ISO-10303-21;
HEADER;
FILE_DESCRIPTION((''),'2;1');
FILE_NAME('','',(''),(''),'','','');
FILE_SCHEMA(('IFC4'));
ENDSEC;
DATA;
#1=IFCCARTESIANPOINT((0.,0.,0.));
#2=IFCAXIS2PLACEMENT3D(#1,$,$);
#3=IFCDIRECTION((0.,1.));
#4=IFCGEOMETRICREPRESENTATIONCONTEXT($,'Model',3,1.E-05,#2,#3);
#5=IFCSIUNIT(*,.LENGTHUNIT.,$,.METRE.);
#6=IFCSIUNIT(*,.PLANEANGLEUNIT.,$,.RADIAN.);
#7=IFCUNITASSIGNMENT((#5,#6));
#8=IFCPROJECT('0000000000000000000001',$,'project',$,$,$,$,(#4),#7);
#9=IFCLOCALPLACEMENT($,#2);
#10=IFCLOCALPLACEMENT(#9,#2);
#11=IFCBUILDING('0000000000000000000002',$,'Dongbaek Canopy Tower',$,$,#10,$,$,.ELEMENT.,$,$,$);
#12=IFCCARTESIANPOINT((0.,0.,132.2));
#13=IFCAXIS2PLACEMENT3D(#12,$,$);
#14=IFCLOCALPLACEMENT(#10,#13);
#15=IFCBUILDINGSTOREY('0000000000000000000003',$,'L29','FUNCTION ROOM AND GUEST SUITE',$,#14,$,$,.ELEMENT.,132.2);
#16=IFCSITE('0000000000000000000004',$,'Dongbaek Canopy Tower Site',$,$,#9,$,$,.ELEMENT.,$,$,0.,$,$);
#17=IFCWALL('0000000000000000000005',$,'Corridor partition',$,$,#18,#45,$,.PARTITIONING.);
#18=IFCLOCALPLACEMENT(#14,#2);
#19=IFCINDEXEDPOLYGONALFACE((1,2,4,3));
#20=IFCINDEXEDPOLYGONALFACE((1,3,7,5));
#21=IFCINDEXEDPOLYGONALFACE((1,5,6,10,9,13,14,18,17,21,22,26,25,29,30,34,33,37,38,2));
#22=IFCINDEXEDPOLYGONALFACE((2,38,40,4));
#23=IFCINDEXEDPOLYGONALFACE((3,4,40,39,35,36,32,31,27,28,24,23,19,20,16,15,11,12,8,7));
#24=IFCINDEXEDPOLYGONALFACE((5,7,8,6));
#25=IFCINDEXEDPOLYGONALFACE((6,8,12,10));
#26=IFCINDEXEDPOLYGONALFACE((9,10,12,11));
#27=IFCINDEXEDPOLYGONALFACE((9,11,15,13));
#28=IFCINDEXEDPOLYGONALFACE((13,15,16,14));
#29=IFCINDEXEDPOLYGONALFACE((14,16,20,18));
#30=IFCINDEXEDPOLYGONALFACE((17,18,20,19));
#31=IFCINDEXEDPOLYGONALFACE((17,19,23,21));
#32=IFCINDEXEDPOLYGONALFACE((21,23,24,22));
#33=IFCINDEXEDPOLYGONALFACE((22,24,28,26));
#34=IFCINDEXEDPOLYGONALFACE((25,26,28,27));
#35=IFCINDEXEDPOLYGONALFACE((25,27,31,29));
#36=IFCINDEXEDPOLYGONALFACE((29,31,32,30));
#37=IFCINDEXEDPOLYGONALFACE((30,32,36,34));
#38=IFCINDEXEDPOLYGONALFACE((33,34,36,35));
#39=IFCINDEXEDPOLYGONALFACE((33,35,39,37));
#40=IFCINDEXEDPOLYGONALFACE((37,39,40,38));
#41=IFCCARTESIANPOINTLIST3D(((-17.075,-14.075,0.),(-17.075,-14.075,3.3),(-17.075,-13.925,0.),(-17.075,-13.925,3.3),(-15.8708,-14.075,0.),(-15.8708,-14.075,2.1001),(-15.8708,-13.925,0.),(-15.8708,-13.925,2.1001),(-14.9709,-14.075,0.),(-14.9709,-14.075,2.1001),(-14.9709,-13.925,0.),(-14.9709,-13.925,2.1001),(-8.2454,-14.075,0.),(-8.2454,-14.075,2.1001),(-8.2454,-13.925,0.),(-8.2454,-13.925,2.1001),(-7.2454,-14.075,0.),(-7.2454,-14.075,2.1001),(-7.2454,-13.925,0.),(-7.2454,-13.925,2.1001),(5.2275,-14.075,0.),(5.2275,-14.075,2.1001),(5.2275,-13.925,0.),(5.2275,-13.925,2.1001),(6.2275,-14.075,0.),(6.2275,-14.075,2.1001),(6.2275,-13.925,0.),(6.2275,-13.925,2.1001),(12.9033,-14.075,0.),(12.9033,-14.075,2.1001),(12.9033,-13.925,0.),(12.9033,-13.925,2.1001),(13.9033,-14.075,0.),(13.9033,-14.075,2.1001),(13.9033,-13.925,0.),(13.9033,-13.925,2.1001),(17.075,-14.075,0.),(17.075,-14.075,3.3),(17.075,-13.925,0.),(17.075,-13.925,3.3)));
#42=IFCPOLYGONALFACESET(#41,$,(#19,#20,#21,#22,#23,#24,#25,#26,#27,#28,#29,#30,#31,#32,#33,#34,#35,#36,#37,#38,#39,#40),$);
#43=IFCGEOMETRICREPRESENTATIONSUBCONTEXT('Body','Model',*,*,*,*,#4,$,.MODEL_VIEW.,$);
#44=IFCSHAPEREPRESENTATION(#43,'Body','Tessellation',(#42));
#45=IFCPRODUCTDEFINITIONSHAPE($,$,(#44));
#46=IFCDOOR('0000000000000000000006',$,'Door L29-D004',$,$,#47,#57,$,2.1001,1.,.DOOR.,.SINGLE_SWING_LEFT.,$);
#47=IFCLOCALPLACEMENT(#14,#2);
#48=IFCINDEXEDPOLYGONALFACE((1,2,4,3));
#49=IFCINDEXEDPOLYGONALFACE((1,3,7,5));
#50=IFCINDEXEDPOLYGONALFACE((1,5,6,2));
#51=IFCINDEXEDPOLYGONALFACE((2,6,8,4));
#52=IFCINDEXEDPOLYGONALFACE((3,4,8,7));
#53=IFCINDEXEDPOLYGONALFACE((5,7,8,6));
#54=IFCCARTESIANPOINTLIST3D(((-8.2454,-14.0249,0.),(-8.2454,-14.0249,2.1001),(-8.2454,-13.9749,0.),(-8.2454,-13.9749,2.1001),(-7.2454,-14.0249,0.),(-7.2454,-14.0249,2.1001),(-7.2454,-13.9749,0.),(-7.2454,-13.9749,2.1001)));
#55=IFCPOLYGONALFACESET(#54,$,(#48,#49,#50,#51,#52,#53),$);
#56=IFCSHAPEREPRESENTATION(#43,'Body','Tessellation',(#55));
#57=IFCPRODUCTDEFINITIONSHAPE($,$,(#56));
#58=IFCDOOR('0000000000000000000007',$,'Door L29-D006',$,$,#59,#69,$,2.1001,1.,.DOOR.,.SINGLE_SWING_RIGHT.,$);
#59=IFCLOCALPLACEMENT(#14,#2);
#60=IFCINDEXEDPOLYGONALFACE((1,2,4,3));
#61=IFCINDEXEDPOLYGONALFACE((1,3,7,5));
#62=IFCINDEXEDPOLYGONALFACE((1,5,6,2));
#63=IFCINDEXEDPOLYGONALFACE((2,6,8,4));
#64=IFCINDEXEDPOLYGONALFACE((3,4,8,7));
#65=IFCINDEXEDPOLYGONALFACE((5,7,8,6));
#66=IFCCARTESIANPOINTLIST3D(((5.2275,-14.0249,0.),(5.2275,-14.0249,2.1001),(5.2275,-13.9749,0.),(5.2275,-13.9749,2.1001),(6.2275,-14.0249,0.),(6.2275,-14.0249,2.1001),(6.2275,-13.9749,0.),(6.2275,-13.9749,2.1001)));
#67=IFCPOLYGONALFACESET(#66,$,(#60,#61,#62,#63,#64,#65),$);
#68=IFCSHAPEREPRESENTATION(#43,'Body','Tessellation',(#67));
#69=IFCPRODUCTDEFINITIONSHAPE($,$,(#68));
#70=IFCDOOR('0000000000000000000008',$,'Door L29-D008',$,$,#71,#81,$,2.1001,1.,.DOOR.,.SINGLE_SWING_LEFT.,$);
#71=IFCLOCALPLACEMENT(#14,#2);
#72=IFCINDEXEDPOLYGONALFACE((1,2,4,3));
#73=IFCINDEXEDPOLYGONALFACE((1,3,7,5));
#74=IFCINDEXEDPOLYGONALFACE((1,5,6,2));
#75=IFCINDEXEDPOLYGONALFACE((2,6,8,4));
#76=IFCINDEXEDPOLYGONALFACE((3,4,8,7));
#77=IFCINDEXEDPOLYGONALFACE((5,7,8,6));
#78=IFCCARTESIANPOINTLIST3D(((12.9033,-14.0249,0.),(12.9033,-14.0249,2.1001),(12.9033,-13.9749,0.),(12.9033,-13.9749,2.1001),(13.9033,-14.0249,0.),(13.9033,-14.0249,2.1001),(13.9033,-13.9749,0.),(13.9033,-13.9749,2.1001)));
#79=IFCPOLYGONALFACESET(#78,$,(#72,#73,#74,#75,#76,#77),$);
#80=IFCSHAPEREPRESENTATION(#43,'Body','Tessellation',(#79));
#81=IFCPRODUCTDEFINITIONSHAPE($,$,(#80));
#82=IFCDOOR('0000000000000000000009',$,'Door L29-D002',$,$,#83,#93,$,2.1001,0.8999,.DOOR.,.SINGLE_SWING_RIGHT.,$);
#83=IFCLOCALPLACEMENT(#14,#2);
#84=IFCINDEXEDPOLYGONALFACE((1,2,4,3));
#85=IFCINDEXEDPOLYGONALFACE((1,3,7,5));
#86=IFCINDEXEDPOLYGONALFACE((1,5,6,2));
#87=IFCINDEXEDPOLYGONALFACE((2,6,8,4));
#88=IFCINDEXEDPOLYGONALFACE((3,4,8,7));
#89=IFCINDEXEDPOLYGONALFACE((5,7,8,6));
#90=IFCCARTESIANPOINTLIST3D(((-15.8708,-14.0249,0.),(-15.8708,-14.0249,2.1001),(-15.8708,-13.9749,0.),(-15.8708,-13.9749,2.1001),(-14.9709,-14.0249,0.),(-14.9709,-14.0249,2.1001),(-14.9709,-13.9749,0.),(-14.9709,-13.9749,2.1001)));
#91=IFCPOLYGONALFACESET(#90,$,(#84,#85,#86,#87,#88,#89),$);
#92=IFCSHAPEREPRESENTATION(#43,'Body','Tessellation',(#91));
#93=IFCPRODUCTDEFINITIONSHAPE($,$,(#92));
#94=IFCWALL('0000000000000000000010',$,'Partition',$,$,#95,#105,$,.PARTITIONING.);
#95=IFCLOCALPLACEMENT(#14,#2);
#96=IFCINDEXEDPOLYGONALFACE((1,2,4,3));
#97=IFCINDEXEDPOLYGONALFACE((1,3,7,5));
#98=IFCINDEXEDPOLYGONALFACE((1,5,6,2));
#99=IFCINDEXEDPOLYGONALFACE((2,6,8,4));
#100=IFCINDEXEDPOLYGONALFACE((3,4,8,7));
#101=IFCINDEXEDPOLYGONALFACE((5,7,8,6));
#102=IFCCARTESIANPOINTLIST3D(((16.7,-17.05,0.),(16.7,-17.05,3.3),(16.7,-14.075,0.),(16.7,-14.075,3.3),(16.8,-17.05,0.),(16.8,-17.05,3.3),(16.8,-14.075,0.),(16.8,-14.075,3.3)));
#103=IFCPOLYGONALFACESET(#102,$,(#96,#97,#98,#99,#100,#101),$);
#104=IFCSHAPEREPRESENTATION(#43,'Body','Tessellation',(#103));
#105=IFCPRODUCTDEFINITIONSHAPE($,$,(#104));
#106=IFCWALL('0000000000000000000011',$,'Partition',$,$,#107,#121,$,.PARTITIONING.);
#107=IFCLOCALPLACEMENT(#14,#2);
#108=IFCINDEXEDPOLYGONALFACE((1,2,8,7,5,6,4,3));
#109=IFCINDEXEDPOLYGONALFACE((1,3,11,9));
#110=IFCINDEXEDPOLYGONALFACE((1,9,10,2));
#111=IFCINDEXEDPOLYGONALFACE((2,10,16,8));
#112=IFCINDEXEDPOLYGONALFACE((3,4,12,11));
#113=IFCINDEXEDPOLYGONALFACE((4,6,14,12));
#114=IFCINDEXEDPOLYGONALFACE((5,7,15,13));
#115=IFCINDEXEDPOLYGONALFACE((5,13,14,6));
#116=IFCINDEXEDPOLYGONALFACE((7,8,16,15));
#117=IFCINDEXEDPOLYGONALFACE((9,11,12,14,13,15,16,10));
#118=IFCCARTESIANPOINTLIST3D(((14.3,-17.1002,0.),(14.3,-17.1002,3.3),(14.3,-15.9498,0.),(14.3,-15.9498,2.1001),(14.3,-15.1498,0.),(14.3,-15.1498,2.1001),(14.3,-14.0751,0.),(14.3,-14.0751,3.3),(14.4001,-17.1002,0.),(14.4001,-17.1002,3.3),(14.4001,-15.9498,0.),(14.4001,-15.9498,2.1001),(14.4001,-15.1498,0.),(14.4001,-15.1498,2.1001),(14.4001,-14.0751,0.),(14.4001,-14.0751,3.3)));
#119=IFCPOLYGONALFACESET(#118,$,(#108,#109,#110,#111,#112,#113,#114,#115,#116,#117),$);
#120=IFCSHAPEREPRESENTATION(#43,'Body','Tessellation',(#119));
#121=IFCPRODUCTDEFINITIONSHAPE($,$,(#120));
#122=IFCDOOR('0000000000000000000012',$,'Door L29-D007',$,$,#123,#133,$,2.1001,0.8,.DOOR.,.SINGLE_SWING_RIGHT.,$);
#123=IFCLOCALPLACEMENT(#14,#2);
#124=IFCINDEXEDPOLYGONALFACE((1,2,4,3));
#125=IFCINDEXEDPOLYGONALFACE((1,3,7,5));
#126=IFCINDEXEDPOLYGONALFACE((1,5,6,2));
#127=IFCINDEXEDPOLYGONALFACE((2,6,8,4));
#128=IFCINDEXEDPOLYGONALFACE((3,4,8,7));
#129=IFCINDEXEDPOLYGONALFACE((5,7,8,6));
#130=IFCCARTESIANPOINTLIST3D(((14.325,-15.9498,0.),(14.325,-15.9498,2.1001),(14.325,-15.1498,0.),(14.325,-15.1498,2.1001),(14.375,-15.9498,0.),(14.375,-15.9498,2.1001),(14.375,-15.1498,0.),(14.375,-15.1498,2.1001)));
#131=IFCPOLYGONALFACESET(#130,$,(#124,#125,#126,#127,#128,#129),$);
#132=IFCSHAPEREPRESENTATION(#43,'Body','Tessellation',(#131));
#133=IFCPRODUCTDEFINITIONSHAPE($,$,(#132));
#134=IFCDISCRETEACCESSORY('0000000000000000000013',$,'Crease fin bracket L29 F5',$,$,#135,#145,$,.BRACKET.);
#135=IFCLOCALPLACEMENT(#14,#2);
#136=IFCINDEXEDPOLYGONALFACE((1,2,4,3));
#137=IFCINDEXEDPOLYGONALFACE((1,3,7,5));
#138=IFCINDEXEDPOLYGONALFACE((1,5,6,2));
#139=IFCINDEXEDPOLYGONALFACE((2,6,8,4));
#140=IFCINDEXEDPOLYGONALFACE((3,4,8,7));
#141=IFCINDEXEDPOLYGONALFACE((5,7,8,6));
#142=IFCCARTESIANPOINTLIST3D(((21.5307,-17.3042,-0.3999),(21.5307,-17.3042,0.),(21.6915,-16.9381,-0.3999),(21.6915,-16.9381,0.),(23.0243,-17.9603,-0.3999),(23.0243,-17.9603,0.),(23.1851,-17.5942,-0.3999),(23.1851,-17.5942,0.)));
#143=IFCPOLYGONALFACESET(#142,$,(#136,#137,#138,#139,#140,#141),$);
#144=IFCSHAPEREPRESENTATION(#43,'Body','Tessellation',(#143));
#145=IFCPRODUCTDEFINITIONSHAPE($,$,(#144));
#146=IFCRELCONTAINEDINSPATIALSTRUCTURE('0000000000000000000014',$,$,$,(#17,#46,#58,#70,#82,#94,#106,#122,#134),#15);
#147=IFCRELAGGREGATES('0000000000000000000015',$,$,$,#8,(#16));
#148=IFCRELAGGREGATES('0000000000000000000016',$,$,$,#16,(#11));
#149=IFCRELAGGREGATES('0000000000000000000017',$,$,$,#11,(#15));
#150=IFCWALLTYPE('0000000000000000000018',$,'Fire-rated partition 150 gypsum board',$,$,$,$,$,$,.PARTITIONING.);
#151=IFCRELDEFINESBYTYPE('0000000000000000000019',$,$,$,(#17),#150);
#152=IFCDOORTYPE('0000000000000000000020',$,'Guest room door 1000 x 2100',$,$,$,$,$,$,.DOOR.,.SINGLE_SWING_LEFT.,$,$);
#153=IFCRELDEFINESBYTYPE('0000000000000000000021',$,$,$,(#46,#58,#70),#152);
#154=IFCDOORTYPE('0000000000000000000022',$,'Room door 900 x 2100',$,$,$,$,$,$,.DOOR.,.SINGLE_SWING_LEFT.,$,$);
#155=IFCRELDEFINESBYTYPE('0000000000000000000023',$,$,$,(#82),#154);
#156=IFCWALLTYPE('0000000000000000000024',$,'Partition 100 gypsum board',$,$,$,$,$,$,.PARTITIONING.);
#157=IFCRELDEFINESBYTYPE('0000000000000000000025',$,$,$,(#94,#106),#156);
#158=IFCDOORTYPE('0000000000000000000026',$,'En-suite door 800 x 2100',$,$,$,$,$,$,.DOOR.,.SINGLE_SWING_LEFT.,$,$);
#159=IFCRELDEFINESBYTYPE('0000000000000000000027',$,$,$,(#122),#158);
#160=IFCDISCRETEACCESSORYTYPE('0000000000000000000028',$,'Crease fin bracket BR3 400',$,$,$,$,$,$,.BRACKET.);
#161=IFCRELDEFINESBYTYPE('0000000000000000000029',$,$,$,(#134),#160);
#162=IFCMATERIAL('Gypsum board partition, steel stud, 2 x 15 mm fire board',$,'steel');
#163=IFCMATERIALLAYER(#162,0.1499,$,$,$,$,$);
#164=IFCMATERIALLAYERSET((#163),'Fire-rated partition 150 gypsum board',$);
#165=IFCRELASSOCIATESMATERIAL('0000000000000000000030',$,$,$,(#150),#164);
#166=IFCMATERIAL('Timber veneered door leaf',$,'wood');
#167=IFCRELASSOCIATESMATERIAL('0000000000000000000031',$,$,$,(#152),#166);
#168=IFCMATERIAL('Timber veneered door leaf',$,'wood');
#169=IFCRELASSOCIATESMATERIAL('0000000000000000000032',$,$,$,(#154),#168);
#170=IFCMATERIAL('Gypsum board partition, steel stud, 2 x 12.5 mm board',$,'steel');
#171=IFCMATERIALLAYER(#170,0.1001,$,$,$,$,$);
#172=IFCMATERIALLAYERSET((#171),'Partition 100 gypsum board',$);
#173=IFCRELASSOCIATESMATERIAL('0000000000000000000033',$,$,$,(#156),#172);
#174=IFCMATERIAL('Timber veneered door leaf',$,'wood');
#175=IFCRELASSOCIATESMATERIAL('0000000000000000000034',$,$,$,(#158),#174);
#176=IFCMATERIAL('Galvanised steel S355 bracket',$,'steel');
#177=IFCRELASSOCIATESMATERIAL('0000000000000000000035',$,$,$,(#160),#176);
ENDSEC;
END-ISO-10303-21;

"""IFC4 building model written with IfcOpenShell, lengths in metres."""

from ifc_helpers import new_model, si_unit, direction, frame, frame_2d, origin, origin_2d, place, context, subcontext, project, spatial, rectangle, extrude, material, layer, layer_set, type_object, element, fill, save


model = new_model("IFC4")

# Units and contexts
model_context = context("Model", 3, precision=1e-05, world=origin(), true_north=direction((0.0, 1.0)))
body_context = subcontext(model_context, "Body", "Model", "MODEL_VIEW")
ifc_project = project(units=[si_unit("LENGTHUNIT", "METRE"), si_unit("PLANEANGLEUNIT", "RADIAN")], contexts=[model_context])

# Site, building, storey
site_placement = place(None, origin())
site = spatial("IfcSite", under=ifc_project, at=site_placement, Name="Dongbaek Canopy Tower Site", CompositionType="ELEMENT", RefElevation=0.0)
building_placement = place(site_placement, origin())
building = spatial("IfcBuilding", under=site, at=building_placement, Name="Dongbaek Canopy Tower", CompositionType="ELEMENT")
storey_placement = place(building_placement, frame((0.0, 0.0, 132.2)))
storey = spatial("IfcBuildingStorey", under=building, at=storey_placement, Name="L29", Description="FUNCTION ROOM AND GUEST SUITE", CompositionType="ELEMENT", Elevation=132.2)

# Wall, openings, doors
ifc_material_1 = material(Name="Gypsum board partition, steel stud, 2 x 15 mm fire board", Category="steel")
ifc_layer_1 = layer(ifc_material_1, 0.1499)
ifc_layer_set_1 = layer_set([ifc_layer_1], Name="Fire-rated partition 150 gypsum board")
wall_type_1 = type_object("IfcWallType", Name="Fire-rated partition 150 gypsum board", PredefinedType="PARTITIONING", material=ifc_layer_set_1)
wall_1_placement = place(storey_placement, frame((17.075, -14.0, 0.0), z_axis=(0.0, 0.0, 1.0), x_axis=(-1.0, 0.0, 0.0)))
wall_1 = element("IfcWall", 1, at=wall_1_placement, inside=storey, type_object=wall_type_1, Name="Corridor partition", PredefinedType="PARTITIONING", context=body_context, shape_type="SweptSolid", body=[
    extrude(rectangle(XDim=34.1499, YDim=0.1499, at=frame_2d((17.075, 0.0))), origin(), (0.0, 0.0, 1.0), 3.3),
])
opening_1_placement = place(wall_1_placement, frame((32.0459, 0.0, 0.0)))
opening_1 = element("IfcOpeningElement", 2, at=opening_1_placement, cuts=wall_1, PredefinedType="OPENING", context=body_context, shape_type="SweptSolid", body=[
    extrude(rectangle(XDim=0.8999, YDim=2.1001, at=frame_2d((0.45, 1.05))), frame((0.0, 0.085, 0.0), z_axis=(0.0, -1.0, 0.0), x_axis=(1.0, 0.0, 0.0)), (0.0, 0.0, 1.0), 0.1699),
])
opening_2_placement = place(wall_1_placement, frame((24.3203, 0.0, 0.0)))
opening_2 = element("IfcOpeningElement", 3, at=opening_2_placement, cuts=wall_1, PredefinedType="OPENING", context=body_context, shape_type="SweptSolid", body=[
    extrude(rectangle(XDim=1.0, YDim=2.1001, at=frame_2d((0.5, 1.05))), frame((0.0, 0.085, 0.0), z_axis=(0.0, -1.0, 0.0), x_axis=(1.0, 0.0, 0.0)), (0.0, 0.0, 1.0), 0.1699),
])
opening_3_placement = place(wall_1_placement, frame((10.8474, 0.0, 0.0)))
opening_3 = element("IfcOpeningElement", 4, at=opening_3_placement, cuts=wall_1, PredefinedType="OPENING", context=body_context, shape_type="SweptSolid", body=[
    extrude(rectangle(XDim=1.0, YDim=2.1001, at=frame_2d((0.5, 1.05))), frame((0.0, 0.085, 0.0), z_axis=(0.0, -1.0, 0.0), x_axis=(1.0, 0.0, 0.0)), (0.0, 0.0, 1.0), 0.1699),
])
opening_4_placement = place(wall_1_placement, frame((3.1716, 0.0, 0.0)))
opening_4 = element("IfcOpeningElement", 5, at=opening_4_placement, cuts=wall_1, PredefinedType="OPENING", context=body_context, shape_type="SweptSolid", body=[
    extrude(rectangle(XDim=1.0, YDim=2.1001, at=frame_2d((0.5, 1.05))), frame((0.0, 0.085, 0.0), z_axis=(0.0, -1.0, 0.0), x_axis=(1.0, 0.0, 0.0)), (0.0, 0.0, 1.0), 0.1699),
])
ifc_material_2 = material(Name="Timber veneered door leaf", Category="wood")
door_type_1 = type_object("IfcDoorType", Name="Guest room door 1000 x 2100", OperationType="SINGLE_SWING_LEFT", PredefinedType="DOOR", material=ifc_material_2)
door_1_placement = place(opening_2_placement, origin())
door_1 = element("IfcDoor", 6, at=door_1_placement, inside=storey, type_object=door_type_1, Name="Door L29-D004", OperationType="SINGLE_SWING_LEFT", OverallHeight=2.1001, OverallWidth=1.0, PredefinedType="DOOR", context=body_context, shape_type="SweptSolid", body=[
    extrude(rectangle(XDim=1.0, YDim=2.1001, at=frame_2d((0.5, 1.05))), frame((0.0, 0.0249, 0.0), z_axis=(0.0, -1.0, 0.0), x_axis=(1.0, 0.0, 0.0)), (0.0, 0.0, 1.0), 0.05),
])
fill(opening_2, door_1)
door_2_placement = place(opening_3_placement, origin())
door_2 = element("IfcDoor", 7, at=door_2_placement, inside=storey, type_object=door_type_1, Name="Door L29-D006", OperationType="SINGLE_SWING_RIGHT", OverallHeight=2.1001, OverallWidth=1.0, PredefinedType="DOOR", context=body_context, shape_type="SweptSolid", body=[
    extrude(rectangle(XDim=1.0, YDim=2.1001, at=frame_2d((0.5, 1.05))), frame((0.0, 0.0249, 0.0), z_axis=(0.0, -1.0, 0.0), x_axis=(1.0, 0.0, 0.0)), (0.0, 0.0, 1.0), 0.05),
])
fill(opening_3, door_2)
door_3_placement = place(opening_4_placement, origin())
door_3 = element("IfcDoor", 8, at=door_3_placement, inside=storey, type_object=door_type_1, Name="Door L29-D008", OperationType="SINGLE_SWING_LEFT", OverallHeight=2.1001, OverallWidth=1.0, PredefinedType="DOOR", context=body_context, shape_type="SweptSolid", body=[
    extrude(rectangle(XDim=1.0, YDim=2.1001, at=frame_2d((0.5, 1.05))), frame((0.0, 0.0249, 0.0), z_axis=(0.0, -1.0, 0.0), x_axis=(1.0, 0.0, 0.0)), (0.0, 0.0, 1.0), 0.05),
])
fill(opening_4, door_3)
ifc_material_3 = material(Name="Timber veneered door leaf", Category="wood")
door_type_2 = type_object("IfcDoorType", Name="Room door 900 x 2100", OperationType="SINGLE_SWING_LEFT", PredefinedType="DOOR", material=ifc_material_3)
door_4_placement = place(opening_1_placement, origin())
door_4 = element("IfcDoor", 9, at=door_4_placement, inside=storey, type_object=door_type_2, Name="Door L29-D002", OperationType="SINGLE_SWING_RIGHT", OverallHeight=2.1001, OverallWidth=0.8999, PredefinedType="DOOR", context=body_context, shape_type="SweptSolid", body=[
    extrude(rectangle(XDim=0.8999, YDim=2.1001, at=frame_2d((0.45, 1.05))), frame((0.0, 0.0249, 0.0), z_axis=(0.0, -1.0, 0.0), x_axis=(1.0, 0.0, 0.0)), (0.0, 0.0, 1.0), 0.05),
])
fill(opening_1, door_4)

# Wall
ifc_material_4 = material(Name="Gypsum board partition, steel stud, 2 x 12.5 mm board", Category="steel")
ifc_layer_2 = layer(ifc_material_4, 0.1001)
ifc_layer_set_2 = layer_set([ifc_layer_2], Name="Partition 100 gypsum board")
wall_type_2 = type_object("IfcWallType", Name="Partition 100 gypsum board", PredefinedType="PARTITIONING", material=ifc_layer_set_2)
wall_2_placement = place(storey_placement, frame((16.75, -17.05, 0.0), z_axis=(0.0, 0.0, 1.0), x_axis=(0.0, 1.0, 0.0)))
element("IfcWall", 10, at=wall_2_placement, inside=storey, type_object=wall_type_2, Name="Partition", PredefinedType="PARTITIONING", context=body_context, shape_type="SweptSolid", body=[
    extrude(rectangle(XDim=2.9751, YDim=0.1001, at=frame_2d((1.4875, 0.0))), origin(), (0.0, 0.0, 1.0), 3.3),
])

# Wall, opening, door
wall_3_placement = place(storey_placement, frame((14.3501, -14.075, 0.0), z_axis=(0.0, 0.0, 1.0), x_axis=(0.0, -1.0, 0.0)))
wall_3 = element("IfcWall", 11, at=wall_3_placement, inside=storey, type_object=wall_type_2, Name="Partition", PredefinedType="PARTITIONING", context=body_context, shape_type="SweptSolid", body=[
    extrude(rectangle(XDim=3.0251, YDim=0.1001, at=frame_2d((1.5127, 0.0))), origin(), (0.0, 0.0, 1.0), 3.3),
])
opening_5_placement = place(wall_3_placement, frame((1.075, 0.0, 0.0)))
opening_5 = element("IfcOpeningElement", 12, at=opening_5_placement, cuts=wall_3, PredefinedType="OPENING", context=body_context, shape_type="SweptSolid", body=[
    extrude(rectangle(XDim=0.8, YDim=2.1001, at=frame_2d((0.3999, 1.05))), frame((0.0, 0.0601, 0.0), z_axis=(0.0, -1.0, 0.0), x_axis=(1.0, 0.0, 0.0)), (0.0, 0.0, 1.0), 0.1201),
])
ifc_material_5 = material(Name="Timber veneered door leaf", Category="wood")
door_type_3 = type_object("IfcDoorType", Name="En-suite door 800 x 2100", OperationType="SINGLE_SWING_LEFT", PredefinedType="DOOR", material=ifc_material_5)
door_5_placement = place(opening_5_placement, origin())
door_5 = element("IfcDoor", 13, at=door_5_placement, inside=storey, type_object=door_type_3, Name="Door L29-D007", OperationType="SINGLE_SWING_RIGHT", OverallHeight=2.1001, OverallWidth=0.8, PredefinedType="DOOR", context=body_context, shape_type="SweptSolid", body=[
    extrude(rectangle(XDim=0.8, YDim=2.1001, at=frame_2d((0.3999, 1.05))), frame((0.0, 0.0249, 0.0), z_axis=(0.0, -1.0, 0.0), x_axis=(1.0, 0.0, 0.0)), (0.0, 0.0, 1.0), 0.05),
])
fill(opening_5, door_5)

# Discrete accessory
ifc_material_6 = material(Name="Galvanised steel S355 bracket", Category="steel")
discrete_accessory_type = type_object("IfcDiscreteAccessoryType", Name="Crease fin bracket BR3 400", PredefinedType="BRACKET", material=ifc_material_6)
discrete_accessory_placement = place(storey_placement, frame((22.3579, -17.4492, -0.3999), z_axis=(0.0, 0.0, 1.0), x_axis=(0.915562, -0.402176, 0.0)))
element("IfcDiscreteAccessory", 14, at=discrete_accessory_placement, inside=storey, type_object=discrete_accessory_type, Name="Crease fin bracket L29 F5", PredefinedType="BRACKET", context=body_context, shape_type="SweptSolid", body=[
    extrude(rectangle(XDim=1.6313, YDim=0.3999, at=origin_2d()), origin(), (0.0, 0.0, 1.0), 0.3999),
])

save(model, "model.ifc")
